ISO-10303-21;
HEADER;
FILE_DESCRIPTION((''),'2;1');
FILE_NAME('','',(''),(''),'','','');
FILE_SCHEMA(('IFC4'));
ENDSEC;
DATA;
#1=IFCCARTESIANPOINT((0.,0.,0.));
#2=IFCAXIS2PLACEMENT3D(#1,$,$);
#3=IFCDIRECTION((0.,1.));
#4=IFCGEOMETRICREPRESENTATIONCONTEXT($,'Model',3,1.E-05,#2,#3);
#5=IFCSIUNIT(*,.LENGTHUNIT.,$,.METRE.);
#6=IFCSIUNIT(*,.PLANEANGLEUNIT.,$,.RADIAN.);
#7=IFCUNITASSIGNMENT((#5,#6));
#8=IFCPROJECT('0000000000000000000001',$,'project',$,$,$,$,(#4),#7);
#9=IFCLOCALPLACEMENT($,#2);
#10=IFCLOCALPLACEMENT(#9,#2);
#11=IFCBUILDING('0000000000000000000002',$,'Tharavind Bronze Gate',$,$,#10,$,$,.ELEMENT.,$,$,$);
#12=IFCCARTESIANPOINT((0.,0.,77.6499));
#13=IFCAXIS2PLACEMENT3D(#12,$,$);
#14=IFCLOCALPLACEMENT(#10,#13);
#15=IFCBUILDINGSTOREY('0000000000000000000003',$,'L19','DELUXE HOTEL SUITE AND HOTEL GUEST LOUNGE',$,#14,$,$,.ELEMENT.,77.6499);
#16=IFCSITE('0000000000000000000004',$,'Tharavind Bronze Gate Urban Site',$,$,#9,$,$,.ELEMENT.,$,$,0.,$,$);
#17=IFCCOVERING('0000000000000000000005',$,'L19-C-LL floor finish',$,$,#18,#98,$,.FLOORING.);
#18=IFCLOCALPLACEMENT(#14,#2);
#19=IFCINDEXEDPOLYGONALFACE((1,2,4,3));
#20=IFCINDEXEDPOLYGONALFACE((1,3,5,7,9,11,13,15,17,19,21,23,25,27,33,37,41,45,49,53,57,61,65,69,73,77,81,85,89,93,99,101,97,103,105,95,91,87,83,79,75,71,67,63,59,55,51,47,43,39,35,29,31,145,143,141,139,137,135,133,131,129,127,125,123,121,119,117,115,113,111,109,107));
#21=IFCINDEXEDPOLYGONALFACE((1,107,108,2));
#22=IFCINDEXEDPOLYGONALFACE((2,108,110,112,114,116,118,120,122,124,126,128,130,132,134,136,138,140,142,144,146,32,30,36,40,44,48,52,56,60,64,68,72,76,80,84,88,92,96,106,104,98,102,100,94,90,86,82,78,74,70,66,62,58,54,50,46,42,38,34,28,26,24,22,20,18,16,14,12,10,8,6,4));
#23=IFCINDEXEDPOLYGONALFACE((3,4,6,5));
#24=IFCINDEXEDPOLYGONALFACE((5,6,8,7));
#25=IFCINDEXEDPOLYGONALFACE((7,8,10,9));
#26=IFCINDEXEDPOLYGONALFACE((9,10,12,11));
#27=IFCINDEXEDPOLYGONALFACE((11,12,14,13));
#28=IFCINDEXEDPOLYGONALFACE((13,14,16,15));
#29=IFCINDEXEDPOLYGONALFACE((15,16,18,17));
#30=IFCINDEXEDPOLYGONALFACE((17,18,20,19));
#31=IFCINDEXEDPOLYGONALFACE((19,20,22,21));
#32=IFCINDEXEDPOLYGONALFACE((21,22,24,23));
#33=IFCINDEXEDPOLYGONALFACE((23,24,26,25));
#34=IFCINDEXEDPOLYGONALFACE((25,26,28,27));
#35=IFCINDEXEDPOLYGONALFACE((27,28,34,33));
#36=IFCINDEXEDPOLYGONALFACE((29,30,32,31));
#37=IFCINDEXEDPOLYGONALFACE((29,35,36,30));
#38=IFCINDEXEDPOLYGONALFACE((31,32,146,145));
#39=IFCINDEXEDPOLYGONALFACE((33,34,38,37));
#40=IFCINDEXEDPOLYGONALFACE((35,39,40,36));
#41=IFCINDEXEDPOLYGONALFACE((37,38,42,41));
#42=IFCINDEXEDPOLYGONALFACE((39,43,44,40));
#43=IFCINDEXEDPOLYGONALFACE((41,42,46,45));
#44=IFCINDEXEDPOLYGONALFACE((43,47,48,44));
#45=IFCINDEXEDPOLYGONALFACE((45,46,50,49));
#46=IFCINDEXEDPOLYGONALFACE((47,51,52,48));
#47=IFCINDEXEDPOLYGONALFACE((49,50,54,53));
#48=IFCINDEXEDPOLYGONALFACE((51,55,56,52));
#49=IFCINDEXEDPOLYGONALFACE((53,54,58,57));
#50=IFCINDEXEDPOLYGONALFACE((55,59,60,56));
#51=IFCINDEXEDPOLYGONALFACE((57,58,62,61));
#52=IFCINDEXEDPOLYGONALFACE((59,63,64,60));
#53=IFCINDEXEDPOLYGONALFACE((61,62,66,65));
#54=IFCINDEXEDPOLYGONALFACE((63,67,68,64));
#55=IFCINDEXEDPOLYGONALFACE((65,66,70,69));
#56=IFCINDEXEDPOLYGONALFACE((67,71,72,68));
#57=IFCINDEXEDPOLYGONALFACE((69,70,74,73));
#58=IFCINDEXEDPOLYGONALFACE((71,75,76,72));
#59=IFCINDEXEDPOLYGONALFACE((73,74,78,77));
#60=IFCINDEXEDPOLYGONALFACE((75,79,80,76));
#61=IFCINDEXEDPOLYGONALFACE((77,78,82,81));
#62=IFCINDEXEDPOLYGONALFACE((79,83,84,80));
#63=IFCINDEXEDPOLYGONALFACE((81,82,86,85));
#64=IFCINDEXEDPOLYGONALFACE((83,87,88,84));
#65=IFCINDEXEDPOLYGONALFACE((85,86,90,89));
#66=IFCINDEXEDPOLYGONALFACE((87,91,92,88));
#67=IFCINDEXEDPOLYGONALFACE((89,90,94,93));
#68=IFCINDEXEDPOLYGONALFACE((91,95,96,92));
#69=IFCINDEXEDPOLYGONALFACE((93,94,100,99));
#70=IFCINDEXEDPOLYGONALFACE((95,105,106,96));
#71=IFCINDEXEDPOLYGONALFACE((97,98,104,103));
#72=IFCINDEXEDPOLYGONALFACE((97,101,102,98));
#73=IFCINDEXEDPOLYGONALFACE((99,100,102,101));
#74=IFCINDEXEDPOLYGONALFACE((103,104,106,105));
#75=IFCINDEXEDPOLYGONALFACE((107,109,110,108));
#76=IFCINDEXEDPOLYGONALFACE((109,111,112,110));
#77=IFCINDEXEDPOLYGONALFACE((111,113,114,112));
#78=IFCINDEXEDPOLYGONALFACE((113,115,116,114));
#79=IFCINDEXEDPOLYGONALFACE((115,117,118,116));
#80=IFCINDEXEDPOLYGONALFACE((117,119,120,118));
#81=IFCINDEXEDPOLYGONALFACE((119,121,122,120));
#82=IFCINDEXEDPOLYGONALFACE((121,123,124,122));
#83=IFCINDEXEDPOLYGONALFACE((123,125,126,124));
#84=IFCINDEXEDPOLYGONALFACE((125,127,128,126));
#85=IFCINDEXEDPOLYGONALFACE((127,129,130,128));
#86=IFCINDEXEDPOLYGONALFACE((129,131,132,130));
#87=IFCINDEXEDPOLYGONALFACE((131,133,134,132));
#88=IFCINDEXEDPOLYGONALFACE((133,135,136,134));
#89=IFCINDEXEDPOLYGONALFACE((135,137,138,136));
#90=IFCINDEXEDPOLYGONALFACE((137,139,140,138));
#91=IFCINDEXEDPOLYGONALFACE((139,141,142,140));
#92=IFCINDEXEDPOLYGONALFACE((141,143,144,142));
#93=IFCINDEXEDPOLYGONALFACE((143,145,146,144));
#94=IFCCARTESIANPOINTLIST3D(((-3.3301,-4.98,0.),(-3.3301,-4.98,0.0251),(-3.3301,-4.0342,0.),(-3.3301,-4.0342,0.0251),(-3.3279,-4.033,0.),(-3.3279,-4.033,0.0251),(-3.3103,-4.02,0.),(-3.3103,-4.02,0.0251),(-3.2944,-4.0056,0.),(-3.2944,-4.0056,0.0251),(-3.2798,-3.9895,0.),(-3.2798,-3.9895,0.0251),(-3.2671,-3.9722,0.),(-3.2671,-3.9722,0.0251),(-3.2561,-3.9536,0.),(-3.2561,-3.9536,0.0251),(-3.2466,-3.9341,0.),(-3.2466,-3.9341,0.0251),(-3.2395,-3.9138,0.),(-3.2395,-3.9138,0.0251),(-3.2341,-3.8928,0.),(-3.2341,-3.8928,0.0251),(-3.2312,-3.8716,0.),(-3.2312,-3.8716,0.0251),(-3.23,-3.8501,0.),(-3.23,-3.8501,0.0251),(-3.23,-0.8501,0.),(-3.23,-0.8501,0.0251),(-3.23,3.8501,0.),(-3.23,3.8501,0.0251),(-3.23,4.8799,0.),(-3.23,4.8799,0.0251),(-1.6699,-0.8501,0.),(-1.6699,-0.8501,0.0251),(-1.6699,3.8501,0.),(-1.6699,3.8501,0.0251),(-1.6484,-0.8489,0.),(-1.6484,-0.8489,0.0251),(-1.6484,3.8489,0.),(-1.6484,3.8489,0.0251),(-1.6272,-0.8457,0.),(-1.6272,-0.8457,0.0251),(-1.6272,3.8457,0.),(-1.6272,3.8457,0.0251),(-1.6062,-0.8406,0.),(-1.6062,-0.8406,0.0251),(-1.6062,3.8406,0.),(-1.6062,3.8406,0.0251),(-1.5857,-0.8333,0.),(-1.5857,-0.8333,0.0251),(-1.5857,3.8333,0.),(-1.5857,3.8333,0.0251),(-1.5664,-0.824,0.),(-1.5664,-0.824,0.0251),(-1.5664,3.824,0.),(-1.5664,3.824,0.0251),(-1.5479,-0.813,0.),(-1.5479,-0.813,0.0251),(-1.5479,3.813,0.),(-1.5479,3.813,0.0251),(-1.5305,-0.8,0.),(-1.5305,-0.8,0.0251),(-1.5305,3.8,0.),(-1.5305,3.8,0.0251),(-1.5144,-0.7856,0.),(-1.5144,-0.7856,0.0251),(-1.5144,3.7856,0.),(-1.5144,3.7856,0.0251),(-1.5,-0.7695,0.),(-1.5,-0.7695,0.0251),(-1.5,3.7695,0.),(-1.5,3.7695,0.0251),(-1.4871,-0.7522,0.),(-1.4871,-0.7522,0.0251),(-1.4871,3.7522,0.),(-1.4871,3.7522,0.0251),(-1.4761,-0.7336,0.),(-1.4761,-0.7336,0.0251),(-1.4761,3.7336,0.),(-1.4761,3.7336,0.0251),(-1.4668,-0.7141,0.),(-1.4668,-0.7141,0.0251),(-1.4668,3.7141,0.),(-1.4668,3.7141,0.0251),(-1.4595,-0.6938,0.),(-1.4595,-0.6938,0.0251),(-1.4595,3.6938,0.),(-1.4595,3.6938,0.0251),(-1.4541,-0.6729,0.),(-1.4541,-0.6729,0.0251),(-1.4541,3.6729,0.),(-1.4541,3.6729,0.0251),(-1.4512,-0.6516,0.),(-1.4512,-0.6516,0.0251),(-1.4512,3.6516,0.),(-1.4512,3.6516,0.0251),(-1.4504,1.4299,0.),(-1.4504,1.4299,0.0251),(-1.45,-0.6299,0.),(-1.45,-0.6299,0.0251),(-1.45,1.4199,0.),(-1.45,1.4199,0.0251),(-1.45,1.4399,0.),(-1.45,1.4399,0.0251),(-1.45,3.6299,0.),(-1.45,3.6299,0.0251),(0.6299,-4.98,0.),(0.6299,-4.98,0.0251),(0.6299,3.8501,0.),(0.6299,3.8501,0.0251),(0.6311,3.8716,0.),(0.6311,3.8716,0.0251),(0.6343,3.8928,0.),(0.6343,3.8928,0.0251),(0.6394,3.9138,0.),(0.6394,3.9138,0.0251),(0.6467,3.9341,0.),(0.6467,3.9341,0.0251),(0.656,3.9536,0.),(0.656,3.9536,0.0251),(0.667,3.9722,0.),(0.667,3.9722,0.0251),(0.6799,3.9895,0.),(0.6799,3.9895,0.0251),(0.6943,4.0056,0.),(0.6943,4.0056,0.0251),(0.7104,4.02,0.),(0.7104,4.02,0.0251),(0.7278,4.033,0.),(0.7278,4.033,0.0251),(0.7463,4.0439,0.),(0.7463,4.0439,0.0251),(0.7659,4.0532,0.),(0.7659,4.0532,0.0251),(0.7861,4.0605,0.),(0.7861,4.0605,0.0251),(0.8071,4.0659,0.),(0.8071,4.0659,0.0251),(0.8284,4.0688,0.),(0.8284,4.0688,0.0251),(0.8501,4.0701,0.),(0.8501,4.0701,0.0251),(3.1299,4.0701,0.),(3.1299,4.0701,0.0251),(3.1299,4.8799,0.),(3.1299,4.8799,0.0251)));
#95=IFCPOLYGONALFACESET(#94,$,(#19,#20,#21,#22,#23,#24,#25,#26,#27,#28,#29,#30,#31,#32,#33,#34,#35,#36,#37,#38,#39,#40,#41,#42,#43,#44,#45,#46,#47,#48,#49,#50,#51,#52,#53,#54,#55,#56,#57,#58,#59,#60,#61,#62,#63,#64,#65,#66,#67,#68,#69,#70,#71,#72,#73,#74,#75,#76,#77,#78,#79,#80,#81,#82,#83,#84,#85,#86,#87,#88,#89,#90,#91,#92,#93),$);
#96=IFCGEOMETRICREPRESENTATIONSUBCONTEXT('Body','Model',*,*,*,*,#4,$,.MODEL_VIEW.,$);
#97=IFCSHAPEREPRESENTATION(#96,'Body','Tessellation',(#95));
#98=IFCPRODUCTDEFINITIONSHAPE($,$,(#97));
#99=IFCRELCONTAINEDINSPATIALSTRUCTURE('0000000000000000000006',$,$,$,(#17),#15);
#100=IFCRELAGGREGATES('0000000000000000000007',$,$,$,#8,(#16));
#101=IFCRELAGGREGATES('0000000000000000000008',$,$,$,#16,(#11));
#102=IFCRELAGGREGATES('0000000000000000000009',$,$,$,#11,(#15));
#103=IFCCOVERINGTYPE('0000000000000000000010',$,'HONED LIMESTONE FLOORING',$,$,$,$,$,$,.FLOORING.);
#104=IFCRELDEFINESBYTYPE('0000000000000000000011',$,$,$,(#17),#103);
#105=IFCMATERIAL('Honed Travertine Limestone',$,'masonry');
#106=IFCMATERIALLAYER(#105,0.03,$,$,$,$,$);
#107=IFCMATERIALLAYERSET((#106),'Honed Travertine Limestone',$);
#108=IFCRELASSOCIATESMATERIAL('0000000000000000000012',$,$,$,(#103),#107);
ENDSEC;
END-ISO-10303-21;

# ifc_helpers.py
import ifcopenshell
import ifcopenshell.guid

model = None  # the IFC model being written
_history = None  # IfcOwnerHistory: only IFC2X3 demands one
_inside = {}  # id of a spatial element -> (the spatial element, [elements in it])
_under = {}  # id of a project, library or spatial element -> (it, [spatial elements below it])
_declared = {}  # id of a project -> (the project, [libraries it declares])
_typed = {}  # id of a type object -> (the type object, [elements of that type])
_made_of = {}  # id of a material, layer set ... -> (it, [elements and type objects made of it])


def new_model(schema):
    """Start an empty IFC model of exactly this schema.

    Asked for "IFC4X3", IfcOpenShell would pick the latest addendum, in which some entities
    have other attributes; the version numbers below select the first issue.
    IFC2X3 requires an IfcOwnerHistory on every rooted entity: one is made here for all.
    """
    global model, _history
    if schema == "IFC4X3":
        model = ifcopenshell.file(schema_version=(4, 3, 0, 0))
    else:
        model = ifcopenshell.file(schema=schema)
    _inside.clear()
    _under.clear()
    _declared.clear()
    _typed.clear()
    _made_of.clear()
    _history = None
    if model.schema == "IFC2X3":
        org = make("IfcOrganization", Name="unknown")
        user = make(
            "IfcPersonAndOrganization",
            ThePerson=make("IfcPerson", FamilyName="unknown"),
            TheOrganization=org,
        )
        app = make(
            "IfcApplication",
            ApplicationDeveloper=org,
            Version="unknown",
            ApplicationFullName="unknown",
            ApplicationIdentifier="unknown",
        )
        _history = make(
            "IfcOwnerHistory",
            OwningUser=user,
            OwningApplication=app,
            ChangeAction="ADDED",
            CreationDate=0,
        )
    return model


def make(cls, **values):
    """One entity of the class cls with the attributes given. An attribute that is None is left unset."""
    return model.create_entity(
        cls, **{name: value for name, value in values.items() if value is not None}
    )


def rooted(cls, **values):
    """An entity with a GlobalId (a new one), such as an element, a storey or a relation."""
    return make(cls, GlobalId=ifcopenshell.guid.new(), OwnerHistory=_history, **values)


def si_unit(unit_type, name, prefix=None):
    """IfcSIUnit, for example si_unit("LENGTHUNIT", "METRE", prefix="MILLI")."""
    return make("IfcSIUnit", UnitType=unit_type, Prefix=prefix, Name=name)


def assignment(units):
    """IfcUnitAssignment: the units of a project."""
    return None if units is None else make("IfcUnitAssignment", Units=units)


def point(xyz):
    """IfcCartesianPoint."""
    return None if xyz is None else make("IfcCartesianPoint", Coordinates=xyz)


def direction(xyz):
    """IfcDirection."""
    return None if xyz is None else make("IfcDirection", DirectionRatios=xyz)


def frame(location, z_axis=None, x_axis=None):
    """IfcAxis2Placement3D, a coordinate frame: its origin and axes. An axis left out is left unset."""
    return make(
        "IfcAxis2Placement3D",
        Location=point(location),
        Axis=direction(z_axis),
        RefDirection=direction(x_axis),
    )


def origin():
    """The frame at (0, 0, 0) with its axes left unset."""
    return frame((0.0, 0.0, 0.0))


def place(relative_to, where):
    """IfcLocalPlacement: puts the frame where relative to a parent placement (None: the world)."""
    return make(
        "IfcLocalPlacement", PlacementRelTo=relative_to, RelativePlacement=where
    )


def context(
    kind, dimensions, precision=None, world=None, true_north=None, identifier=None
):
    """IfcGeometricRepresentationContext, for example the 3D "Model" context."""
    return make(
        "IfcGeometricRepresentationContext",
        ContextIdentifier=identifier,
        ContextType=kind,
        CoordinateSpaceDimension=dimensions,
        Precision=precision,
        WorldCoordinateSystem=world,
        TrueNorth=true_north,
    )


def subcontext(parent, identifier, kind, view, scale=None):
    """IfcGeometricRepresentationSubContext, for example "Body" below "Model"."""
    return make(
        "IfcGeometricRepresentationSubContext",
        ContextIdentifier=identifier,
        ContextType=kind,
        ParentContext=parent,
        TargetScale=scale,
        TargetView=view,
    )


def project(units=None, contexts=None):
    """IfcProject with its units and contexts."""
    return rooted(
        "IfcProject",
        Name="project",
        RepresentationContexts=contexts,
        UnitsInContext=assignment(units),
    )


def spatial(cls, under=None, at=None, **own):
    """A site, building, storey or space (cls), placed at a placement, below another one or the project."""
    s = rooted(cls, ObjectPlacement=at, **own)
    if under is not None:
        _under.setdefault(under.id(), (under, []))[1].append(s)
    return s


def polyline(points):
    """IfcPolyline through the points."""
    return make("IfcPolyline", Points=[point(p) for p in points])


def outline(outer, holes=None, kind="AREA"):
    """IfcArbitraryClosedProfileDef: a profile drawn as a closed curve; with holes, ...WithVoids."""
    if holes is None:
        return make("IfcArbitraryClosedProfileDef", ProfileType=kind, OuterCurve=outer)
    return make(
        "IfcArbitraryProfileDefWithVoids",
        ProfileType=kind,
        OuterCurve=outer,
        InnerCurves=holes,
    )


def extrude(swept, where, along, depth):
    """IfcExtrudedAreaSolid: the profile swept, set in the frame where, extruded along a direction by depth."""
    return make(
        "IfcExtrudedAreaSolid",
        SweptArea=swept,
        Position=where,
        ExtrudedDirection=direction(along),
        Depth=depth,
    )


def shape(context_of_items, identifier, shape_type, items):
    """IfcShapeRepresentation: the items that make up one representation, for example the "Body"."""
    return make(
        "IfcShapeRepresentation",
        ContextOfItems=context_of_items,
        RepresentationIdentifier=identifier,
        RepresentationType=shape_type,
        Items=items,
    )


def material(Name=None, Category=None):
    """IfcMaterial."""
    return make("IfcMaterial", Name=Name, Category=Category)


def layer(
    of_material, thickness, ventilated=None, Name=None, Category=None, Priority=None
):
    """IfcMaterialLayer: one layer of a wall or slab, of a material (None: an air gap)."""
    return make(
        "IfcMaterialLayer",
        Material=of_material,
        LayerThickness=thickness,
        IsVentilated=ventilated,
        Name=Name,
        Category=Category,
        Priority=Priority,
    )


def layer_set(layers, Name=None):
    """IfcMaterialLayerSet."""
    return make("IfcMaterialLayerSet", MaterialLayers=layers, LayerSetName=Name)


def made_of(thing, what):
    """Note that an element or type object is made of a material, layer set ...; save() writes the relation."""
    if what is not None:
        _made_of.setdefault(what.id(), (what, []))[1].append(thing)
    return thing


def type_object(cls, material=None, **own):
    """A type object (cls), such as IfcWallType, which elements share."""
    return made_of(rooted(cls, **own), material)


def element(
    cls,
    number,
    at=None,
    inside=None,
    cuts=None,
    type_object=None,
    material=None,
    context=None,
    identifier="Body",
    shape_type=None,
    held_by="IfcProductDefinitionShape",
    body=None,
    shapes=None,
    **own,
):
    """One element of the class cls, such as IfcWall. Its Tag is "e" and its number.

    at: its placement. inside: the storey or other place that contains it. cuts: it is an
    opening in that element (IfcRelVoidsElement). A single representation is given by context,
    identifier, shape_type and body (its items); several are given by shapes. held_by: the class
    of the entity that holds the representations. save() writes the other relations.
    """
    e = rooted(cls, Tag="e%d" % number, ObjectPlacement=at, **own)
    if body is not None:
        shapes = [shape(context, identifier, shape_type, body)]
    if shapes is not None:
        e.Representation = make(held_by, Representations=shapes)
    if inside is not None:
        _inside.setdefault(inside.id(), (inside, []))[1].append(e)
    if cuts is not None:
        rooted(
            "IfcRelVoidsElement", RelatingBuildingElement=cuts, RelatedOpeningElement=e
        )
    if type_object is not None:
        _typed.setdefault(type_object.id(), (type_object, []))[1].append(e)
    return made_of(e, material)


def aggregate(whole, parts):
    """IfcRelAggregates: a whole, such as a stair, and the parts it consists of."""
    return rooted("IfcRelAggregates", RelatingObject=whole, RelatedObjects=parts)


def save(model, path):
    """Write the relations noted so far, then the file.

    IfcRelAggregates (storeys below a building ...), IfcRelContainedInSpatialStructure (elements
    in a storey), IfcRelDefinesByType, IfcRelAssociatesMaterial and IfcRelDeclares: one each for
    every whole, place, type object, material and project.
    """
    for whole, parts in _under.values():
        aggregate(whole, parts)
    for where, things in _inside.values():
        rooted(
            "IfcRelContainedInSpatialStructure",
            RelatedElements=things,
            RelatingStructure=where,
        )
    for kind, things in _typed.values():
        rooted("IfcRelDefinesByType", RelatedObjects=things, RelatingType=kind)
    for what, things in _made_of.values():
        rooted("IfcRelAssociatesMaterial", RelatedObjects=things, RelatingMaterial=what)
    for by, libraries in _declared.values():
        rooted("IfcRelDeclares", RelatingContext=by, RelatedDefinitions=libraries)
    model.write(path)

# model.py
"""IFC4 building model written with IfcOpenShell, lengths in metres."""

from ifc_helpers import new_model, si_unit, direction, frame, origin, place, context, subcontext, project, spatial, polyline, outline, extrude, material, layer, layer_set, type_object, element, save


model = new_model("IFC4")

# Units and contexts
model_context = context("Model", 3, precision=1e-05, world=origin(), true_north=direction((0.0, 1.0)))
body_context = subcontext(model_context, "Body", "Model", "MODEL_VIEW")
ifc_project = project(units=[si_unit("LENGTHUNIT", "METRE"), si_unit("PLANEANGLEUNIT", "RADIAN")], contexts=[model_context])

# Site, building, storey
site_placement = place(None, origin())
site = spatial("IfcSite", under=ifc_project, at=site_placement, Name="Tharavind Bronze Gate Urban Site", CompositionType="ELEMENT", RefElevation=0.0)
building_placement = place(site_placement, origin())
building = spatial("IfcBuilding", under=site, at=building_placement, Name="Tharavind Bronze Gate", CompositionType="ELEMENT")
storey_placement = place(building_placement, frame((0.0, 0.0, 77.6499)))
storey = spatial("IfcBuildingStorey", under=building, at=storey_placement, Name="L19", Description="DELUXE HOTEL SUITE AND HOTEL GUEST LOUNGE", CompositionType="ELEMENT", Elevation=77.6499)

# Covering
ifc_material_1 = material(Name="Honed Travertine Limestone", Category="masonry")
ifc_layer_1 = layer(ifc_material_1, 0.03)
ifc_layer_set_1 = layer_set([ifc_layer_1], Name="Honed Travertine Limestone")
covering_type_1 = type_object("IfcCoveringType", Name="HONED LIMESTONE FLOORING", PredefinedType="FLOORING", material=ifc_layer_set_1)
covering_1_placement = place(storey_placement, origin())
element("IfcCovering", 1, at=covering_1_placement, inside=storey, type_object=covering_type_1, Name="L19-C-LL floor finish", PredefinedType="FLOORING", context=body_context, shape_type="SweptSolid", body=[
    extrude(outline(polyline([(-3.3301, -4.98), (0.6299, -4.98), (0.6299, 3.8501), (0.6311, 3.8716), (0.6343, 3.8928), (0.6394, 3.9138), (0.6467, 3.9341), (0.656, 3.9536), (0.667, 3.9722), (0.6799, 3.9895), (0.6943, 4.0056), (0.7104, 4.02), (0.7278, 4.033), (0.7463, 4.0439), (0.7659, 4.0532), (0.7861, 4.0605), (0.8071, 4.0659), (0.8284, 4.0688), (0.8501, 4.0701), (3.1299, 4.0701), (3.1299, 4.8799), (-3.23, 4.8799), (-3.23, 3.8501), (-1.6699, 3.8501), (-1.6484, 3.8489), (-1.6272, 3.8457), (-1.6062, 3.8406), (-1.5857, 3.8333), (-1.5664, 3.824), (-1.5479, 3.813), (-1.5305, 3.8), (-1.5144, 3.7856), (-1.5, 3.7695), (-1.4871, 3.7522), (-1.4761, 3.7336), (-1.4668, 3.7141), (-1.4595, 3.6938), (-1.4541, 3.6729), (-1.4512, 3.6516), (-1.45, 3.6299), (-1.45, 1.4399), (-1.4504, 1.4299), (-1.45, 1.4199), (-1.45, -0.6299), (-1.4512, -0.6516), (-1.4541, -0.6729), (-1.4595, -0.6938), (-1.4668, -0.7141), (-1.4761, -0.7336), (-1.4871, -0.7522), (-1.5, -0.7695), (-1.5144, -0.7856), (-1.5305, -0.8), (-1.5479, -0.813), (-1.5664, -0.824), (-1.5857, -0.8333), (-1.6062, -0.8406), (-1.6272, -0.8457), (-1.6484, -0.8489), (-1.6699, -0.8501), (-3.23, -0.8501), (-3.23, -3.8501), (-3.2312, -3.8716), (-3.2341, -3.8928), (-3.2395, -3.9138), (-3.2466, -3.9341), (-3.2561, -3.9536), (-3.2671, -3.9722), (-3.2798, -3.9895), (-3.2944, -4.0056), (-3.3103, -4.02), (-3.3279, -4.033), (-3.3301, -4.0342), (-3.3301, -4.98)])), origin(), (0.0, 0.0, 1.0), 0.0251),
])

save(model, "model.ifc")
